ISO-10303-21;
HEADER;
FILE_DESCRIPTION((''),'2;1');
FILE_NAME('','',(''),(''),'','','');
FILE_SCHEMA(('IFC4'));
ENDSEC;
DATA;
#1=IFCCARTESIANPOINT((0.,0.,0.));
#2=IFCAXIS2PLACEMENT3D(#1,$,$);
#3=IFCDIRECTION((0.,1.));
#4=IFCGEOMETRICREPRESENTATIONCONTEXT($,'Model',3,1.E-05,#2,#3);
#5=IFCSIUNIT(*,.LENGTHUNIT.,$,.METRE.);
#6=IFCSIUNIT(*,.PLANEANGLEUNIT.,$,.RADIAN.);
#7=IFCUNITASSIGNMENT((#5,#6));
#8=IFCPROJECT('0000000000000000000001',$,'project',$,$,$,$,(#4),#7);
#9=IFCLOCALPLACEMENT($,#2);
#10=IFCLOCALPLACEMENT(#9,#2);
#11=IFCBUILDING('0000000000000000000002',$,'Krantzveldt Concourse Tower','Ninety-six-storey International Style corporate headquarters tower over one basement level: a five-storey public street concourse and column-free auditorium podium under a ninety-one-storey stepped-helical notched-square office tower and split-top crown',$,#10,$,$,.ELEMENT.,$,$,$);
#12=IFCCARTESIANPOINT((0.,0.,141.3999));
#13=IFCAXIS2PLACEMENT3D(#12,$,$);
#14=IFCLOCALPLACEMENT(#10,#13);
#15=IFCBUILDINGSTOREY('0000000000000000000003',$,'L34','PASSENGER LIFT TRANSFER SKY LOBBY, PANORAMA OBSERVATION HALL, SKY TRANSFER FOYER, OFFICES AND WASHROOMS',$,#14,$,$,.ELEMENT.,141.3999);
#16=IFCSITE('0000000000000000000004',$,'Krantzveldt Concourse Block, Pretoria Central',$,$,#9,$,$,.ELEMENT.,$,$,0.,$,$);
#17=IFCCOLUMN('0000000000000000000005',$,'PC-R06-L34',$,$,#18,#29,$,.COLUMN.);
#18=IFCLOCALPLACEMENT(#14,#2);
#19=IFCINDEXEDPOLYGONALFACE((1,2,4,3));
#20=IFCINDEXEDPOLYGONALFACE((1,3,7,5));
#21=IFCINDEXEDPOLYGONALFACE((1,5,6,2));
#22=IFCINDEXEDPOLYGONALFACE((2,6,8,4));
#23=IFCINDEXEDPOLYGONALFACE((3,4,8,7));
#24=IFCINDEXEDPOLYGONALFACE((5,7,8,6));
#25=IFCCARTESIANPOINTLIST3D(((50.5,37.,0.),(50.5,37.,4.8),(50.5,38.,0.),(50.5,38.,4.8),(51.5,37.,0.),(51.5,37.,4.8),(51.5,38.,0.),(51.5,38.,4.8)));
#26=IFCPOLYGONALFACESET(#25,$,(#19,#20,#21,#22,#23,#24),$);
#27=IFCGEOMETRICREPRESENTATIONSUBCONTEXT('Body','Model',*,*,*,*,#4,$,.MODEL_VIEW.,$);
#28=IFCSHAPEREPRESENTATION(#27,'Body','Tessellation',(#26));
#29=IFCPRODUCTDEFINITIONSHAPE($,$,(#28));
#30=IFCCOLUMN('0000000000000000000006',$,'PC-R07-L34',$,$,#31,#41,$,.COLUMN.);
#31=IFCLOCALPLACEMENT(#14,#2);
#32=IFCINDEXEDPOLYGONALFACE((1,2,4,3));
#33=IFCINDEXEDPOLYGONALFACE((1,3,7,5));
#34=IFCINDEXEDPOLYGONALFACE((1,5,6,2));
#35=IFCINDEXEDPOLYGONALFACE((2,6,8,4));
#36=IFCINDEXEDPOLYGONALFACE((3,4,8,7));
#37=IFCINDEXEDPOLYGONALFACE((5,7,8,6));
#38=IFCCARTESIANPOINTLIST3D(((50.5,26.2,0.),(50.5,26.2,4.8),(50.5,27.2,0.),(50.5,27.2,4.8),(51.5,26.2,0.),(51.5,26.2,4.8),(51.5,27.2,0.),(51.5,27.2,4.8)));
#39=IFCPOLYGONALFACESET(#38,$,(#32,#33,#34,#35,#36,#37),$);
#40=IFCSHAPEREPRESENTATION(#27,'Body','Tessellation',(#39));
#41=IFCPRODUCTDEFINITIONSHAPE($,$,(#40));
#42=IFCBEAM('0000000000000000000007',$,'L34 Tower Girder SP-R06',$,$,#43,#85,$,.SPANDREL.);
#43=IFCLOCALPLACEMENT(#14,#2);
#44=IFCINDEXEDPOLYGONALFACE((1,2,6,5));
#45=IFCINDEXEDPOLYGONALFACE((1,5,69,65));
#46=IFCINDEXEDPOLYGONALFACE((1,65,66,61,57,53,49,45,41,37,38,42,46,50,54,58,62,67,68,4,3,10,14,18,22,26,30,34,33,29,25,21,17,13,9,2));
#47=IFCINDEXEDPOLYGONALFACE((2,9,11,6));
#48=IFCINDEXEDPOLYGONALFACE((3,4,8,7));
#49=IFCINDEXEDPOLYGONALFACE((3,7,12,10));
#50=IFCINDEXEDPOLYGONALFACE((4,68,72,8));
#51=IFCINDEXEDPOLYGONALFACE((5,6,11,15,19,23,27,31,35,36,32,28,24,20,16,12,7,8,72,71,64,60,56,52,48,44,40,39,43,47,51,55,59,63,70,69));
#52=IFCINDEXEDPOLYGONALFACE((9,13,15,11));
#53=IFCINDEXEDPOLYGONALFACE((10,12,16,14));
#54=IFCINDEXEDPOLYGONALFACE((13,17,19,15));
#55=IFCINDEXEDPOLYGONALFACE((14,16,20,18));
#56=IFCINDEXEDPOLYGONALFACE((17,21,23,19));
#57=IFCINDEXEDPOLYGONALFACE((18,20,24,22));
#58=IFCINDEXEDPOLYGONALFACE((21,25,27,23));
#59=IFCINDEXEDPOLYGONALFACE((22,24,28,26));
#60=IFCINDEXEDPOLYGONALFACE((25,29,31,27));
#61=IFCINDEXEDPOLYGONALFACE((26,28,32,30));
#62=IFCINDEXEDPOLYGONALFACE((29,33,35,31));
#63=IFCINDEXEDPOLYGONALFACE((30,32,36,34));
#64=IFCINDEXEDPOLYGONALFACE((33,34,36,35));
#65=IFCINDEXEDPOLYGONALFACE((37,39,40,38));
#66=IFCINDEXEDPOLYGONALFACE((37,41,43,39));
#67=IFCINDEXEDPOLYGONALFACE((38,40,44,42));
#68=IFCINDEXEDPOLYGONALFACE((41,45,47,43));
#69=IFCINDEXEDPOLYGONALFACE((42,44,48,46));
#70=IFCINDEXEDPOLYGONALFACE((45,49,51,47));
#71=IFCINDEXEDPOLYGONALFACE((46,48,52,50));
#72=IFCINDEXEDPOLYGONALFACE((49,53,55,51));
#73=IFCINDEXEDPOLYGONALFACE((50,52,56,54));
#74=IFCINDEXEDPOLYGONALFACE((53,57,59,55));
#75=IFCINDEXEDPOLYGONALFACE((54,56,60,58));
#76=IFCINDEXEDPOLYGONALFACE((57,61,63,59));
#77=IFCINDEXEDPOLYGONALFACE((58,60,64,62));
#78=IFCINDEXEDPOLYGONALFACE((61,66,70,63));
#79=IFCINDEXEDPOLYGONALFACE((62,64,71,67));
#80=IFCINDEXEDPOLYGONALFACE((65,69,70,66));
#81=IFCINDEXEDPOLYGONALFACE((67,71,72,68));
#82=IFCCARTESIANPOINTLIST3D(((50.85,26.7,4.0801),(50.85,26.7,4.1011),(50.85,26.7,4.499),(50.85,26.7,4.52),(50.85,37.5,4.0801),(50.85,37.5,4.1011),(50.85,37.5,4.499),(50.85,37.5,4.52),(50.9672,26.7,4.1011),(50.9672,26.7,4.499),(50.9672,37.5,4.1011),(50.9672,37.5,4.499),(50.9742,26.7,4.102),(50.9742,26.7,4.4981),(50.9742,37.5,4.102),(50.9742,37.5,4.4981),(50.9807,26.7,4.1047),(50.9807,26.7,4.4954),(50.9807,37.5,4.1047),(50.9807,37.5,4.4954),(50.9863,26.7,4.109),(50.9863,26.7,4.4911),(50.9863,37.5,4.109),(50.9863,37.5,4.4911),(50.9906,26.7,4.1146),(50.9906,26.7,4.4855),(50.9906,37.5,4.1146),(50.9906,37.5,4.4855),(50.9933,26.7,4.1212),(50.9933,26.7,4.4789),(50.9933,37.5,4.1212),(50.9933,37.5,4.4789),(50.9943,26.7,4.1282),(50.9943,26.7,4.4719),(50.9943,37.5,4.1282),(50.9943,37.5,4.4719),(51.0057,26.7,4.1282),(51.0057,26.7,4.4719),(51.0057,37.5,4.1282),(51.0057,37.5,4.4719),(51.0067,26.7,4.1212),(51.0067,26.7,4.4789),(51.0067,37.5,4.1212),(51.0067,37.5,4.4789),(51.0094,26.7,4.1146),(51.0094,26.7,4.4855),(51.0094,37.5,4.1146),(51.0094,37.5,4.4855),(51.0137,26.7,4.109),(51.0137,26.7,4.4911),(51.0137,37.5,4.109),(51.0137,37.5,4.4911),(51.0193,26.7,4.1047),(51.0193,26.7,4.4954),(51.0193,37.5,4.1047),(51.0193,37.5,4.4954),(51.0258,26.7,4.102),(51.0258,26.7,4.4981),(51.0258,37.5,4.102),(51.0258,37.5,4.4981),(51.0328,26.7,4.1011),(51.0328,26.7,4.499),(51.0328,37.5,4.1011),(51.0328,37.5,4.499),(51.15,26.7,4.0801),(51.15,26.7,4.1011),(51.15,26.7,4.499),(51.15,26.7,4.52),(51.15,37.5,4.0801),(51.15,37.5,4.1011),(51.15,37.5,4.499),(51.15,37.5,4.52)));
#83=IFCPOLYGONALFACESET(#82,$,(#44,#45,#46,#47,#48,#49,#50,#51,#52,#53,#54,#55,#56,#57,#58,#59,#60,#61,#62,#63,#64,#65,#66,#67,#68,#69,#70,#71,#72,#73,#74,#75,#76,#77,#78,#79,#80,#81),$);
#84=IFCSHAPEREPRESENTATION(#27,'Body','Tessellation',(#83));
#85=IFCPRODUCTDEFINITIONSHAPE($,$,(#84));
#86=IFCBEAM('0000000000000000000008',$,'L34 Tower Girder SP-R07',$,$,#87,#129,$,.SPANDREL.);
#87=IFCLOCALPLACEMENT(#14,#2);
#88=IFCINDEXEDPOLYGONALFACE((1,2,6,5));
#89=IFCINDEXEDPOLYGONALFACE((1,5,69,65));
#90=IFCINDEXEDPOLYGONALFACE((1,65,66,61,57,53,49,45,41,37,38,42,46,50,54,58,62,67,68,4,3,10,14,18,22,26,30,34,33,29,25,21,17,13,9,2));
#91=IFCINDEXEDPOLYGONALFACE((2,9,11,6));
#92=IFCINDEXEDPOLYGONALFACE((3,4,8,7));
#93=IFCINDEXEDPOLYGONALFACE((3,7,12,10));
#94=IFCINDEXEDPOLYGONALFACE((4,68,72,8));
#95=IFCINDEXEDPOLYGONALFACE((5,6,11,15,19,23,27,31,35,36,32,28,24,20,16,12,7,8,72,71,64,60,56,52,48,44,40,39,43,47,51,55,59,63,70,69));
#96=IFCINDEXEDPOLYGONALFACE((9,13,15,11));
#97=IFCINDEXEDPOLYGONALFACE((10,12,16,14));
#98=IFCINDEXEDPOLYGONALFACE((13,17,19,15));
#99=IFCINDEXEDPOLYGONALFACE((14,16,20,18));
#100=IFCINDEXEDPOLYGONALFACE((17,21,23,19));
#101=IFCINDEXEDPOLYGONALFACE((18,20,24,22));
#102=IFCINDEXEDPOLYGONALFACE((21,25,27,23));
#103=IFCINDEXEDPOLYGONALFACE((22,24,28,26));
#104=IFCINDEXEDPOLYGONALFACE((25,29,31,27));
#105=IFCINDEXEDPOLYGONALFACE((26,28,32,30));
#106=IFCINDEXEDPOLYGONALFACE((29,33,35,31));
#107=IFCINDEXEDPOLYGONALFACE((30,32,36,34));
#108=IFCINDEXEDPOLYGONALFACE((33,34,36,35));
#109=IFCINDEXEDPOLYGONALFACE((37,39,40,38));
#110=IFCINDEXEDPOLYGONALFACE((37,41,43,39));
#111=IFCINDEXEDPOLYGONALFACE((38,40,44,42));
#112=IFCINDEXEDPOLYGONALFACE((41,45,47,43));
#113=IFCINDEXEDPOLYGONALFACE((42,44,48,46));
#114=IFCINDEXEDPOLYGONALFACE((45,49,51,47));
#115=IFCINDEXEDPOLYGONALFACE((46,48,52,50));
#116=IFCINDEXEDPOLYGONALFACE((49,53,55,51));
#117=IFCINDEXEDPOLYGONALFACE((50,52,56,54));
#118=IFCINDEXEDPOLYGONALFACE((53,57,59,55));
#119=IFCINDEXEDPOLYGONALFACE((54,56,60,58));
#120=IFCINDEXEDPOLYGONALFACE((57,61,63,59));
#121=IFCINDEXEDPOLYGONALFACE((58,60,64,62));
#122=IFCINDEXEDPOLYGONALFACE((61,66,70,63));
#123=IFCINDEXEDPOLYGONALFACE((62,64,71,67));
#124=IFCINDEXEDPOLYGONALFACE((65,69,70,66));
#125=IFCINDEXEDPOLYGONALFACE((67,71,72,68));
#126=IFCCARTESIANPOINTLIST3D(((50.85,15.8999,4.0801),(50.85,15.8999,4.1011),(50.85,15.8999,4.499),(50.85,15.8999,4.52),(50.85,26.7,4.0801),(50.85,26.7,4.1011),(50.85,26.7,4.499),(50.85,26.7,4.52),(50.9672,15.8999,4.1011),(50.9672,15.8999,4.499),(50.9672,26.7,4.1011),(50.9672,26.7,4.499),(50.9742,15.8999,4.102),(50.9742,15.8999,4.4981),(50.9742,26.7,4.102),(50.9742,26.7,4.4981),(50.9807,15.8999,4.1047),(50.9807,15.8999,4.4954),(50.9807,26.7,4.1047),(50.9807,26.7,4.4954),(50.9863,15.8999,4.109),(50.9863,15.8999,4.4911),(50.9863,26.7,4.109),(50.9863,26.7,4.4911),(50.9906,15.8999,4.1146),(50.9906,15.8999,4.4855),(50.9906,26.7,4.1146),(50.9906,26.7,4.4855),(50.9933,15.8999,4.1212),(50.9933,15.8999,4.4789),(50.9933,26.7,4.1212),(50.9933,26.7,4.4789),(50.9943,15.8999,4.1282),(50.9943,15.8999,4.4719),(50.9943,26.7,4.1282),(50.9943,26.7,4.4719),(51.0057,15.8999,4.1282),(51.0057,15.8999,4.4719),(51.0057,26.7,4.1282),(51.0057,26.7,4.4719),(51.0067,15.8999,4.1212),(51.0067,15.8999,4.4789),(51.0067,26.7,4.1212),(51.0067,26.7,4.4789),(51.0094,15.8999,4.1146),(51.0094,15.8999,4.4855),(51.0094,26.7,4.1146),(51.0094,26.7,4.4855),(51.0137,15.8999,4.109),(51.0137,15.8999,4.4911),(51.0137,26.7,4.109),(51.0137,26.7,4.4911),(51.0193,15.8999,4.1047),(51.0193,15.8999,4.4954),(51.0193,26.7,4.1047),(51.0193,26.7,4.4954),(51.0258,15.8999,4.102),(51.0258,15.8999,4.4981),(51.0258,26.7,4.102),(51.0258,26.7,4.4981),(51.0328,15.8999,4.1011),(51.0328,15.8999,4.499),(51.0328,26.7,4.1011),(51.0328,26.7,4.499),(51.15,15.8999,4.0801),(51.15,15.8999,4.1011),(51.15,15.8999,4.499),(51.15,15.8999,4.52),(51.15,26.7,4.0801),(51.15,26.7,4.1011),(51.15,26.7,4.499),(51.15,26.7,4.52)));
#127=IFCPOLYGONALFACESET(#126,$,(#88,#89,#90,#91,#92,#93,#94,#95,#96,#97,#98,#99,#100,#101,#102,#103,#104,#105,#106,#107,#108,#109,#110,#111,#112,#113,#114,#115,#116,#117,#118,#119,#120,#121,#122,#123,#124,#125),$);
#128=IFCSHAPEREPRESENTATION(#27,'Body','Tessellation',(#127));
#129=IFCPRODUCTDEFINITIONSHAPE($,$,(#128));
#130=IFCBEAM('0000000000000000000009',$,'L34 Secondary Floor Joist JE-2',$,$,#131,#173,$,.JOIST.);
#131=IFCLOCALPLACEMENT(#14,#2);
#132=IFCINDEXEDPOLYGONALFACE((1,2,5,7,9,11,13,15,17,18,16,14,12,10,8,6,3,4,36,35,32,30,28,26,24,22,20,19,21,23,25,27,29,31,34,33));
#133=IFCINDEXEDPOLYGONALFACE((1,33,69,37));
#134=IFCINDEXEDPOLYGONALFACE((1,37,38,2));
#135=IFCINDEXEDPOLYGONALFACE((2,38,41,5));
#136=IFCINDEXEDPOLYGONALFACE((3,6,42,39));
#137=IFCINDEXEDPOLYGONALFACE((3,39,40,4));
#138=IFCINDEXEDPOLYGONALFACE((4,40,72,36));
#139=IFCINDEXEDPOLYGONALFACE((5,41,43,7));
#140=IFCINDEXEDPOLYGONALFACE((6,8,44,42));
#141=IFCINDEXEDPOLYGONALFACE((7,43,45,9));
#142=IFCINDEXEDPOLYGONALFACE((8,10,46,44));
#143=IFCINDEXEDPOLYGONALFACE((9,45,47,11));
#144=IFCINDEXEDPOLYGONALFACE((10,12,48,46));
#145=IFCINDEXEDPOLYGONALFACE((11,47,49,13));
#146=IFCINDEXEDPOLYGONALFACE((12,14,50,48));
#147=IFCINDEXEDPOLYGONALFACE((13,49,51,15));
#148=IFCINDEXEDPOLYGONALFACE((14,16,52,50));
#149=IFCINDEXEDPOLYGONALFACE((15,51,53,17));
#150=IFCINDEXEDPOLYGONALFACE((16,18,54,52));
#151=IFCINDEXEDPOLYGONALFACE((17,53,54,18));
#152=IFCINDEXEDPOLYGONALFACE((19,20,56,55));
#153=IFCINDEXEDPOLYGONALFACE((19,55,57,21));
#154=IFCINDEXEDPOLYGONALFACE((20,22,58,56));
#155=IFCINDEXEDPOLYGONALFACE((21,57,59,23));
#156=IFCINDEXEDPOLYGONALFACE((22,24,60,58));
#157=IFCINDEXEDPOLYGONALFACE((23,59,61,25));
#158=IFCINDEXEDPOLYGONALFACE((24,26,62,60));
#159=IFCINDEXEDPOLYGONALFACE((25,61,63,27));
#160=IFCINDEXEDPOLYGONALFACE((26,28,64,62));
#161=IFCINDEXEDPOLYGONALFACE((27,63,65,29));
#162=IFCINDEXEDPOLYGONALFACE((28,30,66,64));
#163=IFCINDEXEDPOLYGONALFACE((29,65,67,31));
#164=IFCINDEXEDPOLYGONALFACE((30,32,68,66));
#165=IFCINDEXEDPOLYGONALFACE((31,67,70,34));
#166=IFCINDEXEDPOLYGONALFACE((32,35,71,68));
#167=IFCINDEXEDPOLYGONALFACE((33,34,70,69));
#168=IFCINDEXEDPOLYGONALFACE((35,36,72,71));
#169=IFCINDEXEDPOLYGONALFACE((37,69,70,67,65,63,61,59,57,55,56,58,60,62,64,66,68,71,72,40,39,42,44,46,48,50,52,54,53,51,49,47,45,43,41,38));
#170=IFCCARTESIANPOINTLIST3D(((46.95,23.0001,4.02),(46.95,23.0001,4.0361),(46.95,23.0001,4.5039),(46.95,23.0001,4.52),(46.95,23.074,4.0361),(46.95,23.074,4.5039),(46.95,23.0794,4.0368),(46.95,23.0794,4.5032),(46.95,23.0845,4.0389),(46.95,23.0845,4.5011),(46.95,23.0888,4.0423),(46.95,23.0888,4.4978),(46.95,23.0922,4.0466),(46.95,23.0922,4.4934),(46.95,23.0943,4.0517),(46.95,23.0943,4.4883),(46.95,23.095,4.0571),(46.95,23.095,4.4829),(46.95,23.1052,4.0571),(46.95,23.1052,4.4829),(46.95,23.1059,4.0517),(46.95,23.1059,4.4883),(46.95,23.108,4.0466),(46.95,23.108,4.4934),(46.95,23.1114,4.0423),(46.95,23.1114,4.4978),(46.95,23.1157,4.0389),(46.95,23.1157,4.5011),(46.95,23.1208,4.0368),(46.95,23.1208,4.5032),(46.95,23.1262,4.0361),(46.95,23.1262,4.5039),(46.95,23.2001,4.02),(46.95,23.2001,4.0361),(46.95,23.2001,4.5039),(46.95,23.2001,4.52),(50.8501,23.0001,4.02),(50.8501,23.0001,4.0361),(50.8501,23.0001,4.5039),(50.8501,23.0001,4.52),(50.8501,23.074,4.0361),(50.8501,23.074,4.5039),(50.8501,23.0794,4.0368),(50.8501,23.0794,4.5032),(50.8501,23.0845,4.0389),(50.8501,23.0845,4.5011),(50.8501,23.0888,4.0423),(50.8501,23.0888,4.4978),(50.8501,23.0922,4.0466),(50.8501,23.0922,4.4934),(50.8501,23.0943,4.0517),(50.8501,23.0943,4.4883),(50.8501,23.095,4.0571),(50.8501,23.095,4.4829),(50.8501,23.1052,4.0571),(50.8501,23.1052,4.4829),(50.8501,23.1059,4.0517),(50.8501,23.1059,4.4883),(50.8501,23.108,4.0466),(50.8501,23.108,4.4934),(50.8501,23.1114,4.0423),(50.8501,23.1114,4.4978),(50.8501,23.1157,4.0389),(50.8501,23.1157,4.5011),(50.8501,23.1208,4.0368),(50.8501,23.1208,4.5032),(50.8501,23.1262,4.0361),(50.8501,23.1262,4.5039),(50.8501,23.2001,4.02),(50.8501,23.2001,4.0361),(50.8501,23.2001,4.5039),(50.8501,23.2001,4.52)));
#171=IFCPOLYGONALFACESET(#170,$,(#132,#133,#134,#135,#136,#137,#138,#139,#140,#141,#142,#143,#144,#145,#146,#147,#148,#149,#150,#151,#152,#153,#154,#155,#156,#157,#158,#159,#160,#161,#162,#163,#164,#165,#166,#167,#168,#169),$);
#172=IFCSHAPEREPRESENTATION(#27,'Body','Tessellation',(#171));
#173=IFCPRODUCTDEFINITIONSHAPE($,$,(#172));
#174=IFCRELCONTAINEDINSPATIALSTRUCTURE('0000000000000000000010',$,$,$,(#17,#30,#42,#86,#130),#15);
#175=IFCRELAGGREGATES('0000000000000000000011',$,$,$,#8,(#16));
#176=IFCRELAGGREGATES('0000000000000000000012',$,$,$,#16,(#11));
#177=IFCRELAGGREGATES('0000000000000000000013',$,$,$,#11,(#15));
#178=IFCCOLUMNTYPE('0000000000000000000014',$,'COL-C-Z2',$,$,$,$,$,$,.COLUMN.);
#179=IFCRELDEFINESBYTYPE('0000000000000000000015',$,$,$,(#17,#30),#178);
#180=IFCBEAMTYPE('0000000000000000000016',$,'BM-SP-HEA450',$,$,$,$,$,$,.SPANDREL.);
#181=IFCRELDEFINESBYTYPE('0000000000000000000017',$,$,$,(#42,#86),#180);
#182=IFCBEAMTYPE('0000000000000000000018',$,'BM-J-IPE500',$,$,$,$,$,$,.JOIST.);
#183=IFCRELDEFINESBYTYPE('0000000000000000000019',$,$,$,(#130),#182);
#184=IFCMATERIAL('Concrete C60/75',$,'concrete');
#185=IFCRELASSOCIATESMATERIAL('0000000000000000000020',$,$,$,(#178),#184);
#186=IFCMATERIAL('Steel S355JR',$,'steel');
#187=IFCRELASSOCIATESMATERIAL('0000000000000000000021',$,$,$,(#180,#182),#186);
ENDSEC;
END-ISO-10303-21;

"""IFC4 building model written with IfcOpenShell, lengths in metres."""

from ifc_helpers import new_model, si_unit, direction, frame, origin, origin_2d, place, context, subcontext, project, spatial, rectangle, i_section, extrude, source, transform, mapped, material, material_profile, profile_set, type_object, type_shapes, element, save


model = new_model("IFC4")

# Units and contexts
model_context = context("Model", 3, precision=1e-05, world=origin(), true_north=direction((0.0, 1.0)))
body_context = subcontext(model_context, "Body", "Model", "MODEL_VIEW")
ifc_project = project(units=[si_unit("LENGTHUNIT", "METRE"), si_unit("PLANEANGLEUNIT", "RADIAN")], contexts=[model_context])

# Site, building, storey
site_placement = place(None, origin())
site = spatial("IfcSite", under=ifc_project, at=site_placement, Name="Krantzveldt Concourse Block, Pretoria Central", CompositionType="ELEMENT", RefElevation=0.0)
building_placement = place(site_placement, origin())
building = spatial("IfcBuilding", under=site, at=building_placement, Name="Krantzveldt Concourse Tower", Description="Ninety-six-storey International Style corporate headquarters tower over one basement level: a five-storey public street concourse and column-free auditorium podium under a ninety-one-storey stepped-helical notched-square office tower and split-top crown", CompositionType="ELEMENT")
storey_placement = place(building_placement, frame((0.0, 0.0, 141.3999)))
storey = spatial("IfcBuildingStorey", under=building, at=storey_placement, Name="L34", Description="PASSENGER LIFT TRANSFER SKY LOBBY, PANORAMA OBSERVATION HALL, SKY TRANSFER FOYER, OFFICES AND WASHROOMS", CompositionType="ELEMENT", Elevation=141.3999)

# Columns
ifc_material_1 = material(Name="Concrete C60/75", Category="concrete")
ifc_material_profile_1 = material_profile(ifc_material_1, rectangle(XDim=1.0, YDim=1.0, at=origin_2d()), Name="Concrete C60/75", Category="concrete")
ifc_profile_set_1 = profile_set([ifc_material_profile_1], Name="Concrete C60/75 - RC 1000x1000")
column_type = type_object("IfcColumnType", Name="COL-C-Z2", PredefinedType="COLUMN", material=ifc_profile_set_1)
shared_shape_1 = source(origin(), body_context, "Body", "SweptSolid", [
    extrude(rectangle(XDim=1.0, YDim=1.0, at=origin_2d()), origin(), (0.0, 0.0, 1.0), 4.8),
])
type_shapes(column_type, [shared_shape_1])
for number, where, z_axis, x_axis, name in (
    (1, (51.0, 37.5, 0.0), (0.0, 0.0, 1.0), (1.0, 0.0, 0.0), "PC-R06-L34"),
    (2, (51.0, 26.7, 0.0), (0.0, 0.0, 1.0), (1.0, 0.0, 0.0), "PC-R07-L34"),
):
    element("IfcColumn", number, at=place(storey_placement, frame(where, z_axis=z_axis, x_axis=x_axis)), inside=storey, type_object=column_type, Name=name, PredefinedType="COLUMN", context=body_context, shape_type="MappedRepresentation", body=[
        mapped(shared_shape_1, transform((0.0, 0.0, 0.0), x_axis=(1.0, 0.0, 0.0), y_axis=(0.0, 1.0, 0.0), z_axis=(0.0, 0.0, 1.0), scale=1.0)),
    ])

# Beams
ifc_material_2 = material(Name="Steel S355JR", Category="steel")
ifc_material_profile_2 = material_profile(ifc_material_2, i_section(OverallWidth=0.3, OverallDepth=0.4399, WebThickness=0.0115, FlangeThickness=0.021, FilletRadius=0.0271, at=origin_2d()), Name="Steel S355JR", Category="steel")
ifc_profile_set_2 = profile_set([ifc_material_profile_2], Name="Steel S355JR - HEA 450")
beam_type_1 = type_object("IfcBeamType", Name="BM-SP-HEA450", PredefinedType="SPANDREL", material=ifc_profile_set_2)
shared_shape_2 = source(origin(), body_context, "Body", "SweptSolid", [
    extrude(i_section(OverallWidth=0.3, OverallDepth=0.4399, WebThickness=0.0115, FlangeThickness=0.021, FilletRadius=0.0271, at=origin_2d()), origin(), (0.0, 0.0, 1.0), 10.8),
])
type_shapes(beam_type_1, [shared_shape_2])
for number, where, z_axis, x_axis, name in (
    (3, (51.0, 37.5, 4.3), (0.0, -1.0, 0.0), (1.0, 0.0, 0.0), "L34 Tower Girder SP-R06"),
    (4, (51.0, 26.7, 4.3), (0.0, -1.0, 0.0), (1.0, 0.0, 0.0), "L34 Tower Girder SP-R07"),
):
    element("IfcBeam", number, at=place(storey_placement, frame(where, z_axis=z_axis, x_axis=x_axis)), inside=storey, type_object=beam_type_1, Name=name, PredefinedType="SPANDREL", context=body_context, shape_type="MappedRepresentation", body=[
        mapped(shared_shape_2, transform((0.0, 0.0, 0.0), x_axis=(1.0, 0.0, 0.0), y_axis=(0.0, 1.0, 0.0), z_axis=(0.0, 0.0, 1.0), scale=1.0)),
    ])
ifc_material_profile_3 = material_profile(ifc_material_2, i_section(OverallWidth=0.2, OverallDepth=0.5, WebThickness=0.0103, FlangeThickness=0.0161, FilletRadius=0.021, at=origin_2d()), Name="Steel S355JR", Category="steel")
ifc_profile_set_3 = profile_set([ifc_material_profile_3], Name="Steel S355JR - IPE 500")
beam_type_2 = type_object("IfcBeamType", Name="BM-J-IPE500", PredefinedType="JOIST", material=ifc_profile_set_3)
shared_shape_3 = source(origin(), body_context, "Body", "SweptSolid", [
    extrude(i_section(OverallWidth=0.2, OverallDepth=0.5, WebThickness=0.0103, FlangeThickness=0.0161, FilletRadius=0.021, at=origin_2d()), origin(), (0.0, 0.0, 1.0), 3.9001),
])
type_shapes(beam_type_2, [shared_shape_3])
for number, where, z_axis, x_axis, name in (
    (5, (46.95, 23.1001, 4.27), (1.0, 0.0, 0.0), (0.0, 1.0, 0.0), "L34 Secondary Floor Joist JE-2"),
):
    element("IfcBeam", number, at=place(storey_placement, frame(where, z_axis=z_axis, x_axis=x_axis)), inside=storey, type_object=beam_type_2, Name=name, PredefinedType="JOIST", context=body_context, shape_type="MappedRepresentation", body=[
        mapped(shared_shape_3, transform((0.0, 0.0, 0.0), x_axis=(1.0, 0.0, 0.0), y_axis=(0.0, 1.0, 0.0), z_axis=(0.0, 0.0, 1.0), scale=1.0)),
    ])

save(model, "model.ifc")
